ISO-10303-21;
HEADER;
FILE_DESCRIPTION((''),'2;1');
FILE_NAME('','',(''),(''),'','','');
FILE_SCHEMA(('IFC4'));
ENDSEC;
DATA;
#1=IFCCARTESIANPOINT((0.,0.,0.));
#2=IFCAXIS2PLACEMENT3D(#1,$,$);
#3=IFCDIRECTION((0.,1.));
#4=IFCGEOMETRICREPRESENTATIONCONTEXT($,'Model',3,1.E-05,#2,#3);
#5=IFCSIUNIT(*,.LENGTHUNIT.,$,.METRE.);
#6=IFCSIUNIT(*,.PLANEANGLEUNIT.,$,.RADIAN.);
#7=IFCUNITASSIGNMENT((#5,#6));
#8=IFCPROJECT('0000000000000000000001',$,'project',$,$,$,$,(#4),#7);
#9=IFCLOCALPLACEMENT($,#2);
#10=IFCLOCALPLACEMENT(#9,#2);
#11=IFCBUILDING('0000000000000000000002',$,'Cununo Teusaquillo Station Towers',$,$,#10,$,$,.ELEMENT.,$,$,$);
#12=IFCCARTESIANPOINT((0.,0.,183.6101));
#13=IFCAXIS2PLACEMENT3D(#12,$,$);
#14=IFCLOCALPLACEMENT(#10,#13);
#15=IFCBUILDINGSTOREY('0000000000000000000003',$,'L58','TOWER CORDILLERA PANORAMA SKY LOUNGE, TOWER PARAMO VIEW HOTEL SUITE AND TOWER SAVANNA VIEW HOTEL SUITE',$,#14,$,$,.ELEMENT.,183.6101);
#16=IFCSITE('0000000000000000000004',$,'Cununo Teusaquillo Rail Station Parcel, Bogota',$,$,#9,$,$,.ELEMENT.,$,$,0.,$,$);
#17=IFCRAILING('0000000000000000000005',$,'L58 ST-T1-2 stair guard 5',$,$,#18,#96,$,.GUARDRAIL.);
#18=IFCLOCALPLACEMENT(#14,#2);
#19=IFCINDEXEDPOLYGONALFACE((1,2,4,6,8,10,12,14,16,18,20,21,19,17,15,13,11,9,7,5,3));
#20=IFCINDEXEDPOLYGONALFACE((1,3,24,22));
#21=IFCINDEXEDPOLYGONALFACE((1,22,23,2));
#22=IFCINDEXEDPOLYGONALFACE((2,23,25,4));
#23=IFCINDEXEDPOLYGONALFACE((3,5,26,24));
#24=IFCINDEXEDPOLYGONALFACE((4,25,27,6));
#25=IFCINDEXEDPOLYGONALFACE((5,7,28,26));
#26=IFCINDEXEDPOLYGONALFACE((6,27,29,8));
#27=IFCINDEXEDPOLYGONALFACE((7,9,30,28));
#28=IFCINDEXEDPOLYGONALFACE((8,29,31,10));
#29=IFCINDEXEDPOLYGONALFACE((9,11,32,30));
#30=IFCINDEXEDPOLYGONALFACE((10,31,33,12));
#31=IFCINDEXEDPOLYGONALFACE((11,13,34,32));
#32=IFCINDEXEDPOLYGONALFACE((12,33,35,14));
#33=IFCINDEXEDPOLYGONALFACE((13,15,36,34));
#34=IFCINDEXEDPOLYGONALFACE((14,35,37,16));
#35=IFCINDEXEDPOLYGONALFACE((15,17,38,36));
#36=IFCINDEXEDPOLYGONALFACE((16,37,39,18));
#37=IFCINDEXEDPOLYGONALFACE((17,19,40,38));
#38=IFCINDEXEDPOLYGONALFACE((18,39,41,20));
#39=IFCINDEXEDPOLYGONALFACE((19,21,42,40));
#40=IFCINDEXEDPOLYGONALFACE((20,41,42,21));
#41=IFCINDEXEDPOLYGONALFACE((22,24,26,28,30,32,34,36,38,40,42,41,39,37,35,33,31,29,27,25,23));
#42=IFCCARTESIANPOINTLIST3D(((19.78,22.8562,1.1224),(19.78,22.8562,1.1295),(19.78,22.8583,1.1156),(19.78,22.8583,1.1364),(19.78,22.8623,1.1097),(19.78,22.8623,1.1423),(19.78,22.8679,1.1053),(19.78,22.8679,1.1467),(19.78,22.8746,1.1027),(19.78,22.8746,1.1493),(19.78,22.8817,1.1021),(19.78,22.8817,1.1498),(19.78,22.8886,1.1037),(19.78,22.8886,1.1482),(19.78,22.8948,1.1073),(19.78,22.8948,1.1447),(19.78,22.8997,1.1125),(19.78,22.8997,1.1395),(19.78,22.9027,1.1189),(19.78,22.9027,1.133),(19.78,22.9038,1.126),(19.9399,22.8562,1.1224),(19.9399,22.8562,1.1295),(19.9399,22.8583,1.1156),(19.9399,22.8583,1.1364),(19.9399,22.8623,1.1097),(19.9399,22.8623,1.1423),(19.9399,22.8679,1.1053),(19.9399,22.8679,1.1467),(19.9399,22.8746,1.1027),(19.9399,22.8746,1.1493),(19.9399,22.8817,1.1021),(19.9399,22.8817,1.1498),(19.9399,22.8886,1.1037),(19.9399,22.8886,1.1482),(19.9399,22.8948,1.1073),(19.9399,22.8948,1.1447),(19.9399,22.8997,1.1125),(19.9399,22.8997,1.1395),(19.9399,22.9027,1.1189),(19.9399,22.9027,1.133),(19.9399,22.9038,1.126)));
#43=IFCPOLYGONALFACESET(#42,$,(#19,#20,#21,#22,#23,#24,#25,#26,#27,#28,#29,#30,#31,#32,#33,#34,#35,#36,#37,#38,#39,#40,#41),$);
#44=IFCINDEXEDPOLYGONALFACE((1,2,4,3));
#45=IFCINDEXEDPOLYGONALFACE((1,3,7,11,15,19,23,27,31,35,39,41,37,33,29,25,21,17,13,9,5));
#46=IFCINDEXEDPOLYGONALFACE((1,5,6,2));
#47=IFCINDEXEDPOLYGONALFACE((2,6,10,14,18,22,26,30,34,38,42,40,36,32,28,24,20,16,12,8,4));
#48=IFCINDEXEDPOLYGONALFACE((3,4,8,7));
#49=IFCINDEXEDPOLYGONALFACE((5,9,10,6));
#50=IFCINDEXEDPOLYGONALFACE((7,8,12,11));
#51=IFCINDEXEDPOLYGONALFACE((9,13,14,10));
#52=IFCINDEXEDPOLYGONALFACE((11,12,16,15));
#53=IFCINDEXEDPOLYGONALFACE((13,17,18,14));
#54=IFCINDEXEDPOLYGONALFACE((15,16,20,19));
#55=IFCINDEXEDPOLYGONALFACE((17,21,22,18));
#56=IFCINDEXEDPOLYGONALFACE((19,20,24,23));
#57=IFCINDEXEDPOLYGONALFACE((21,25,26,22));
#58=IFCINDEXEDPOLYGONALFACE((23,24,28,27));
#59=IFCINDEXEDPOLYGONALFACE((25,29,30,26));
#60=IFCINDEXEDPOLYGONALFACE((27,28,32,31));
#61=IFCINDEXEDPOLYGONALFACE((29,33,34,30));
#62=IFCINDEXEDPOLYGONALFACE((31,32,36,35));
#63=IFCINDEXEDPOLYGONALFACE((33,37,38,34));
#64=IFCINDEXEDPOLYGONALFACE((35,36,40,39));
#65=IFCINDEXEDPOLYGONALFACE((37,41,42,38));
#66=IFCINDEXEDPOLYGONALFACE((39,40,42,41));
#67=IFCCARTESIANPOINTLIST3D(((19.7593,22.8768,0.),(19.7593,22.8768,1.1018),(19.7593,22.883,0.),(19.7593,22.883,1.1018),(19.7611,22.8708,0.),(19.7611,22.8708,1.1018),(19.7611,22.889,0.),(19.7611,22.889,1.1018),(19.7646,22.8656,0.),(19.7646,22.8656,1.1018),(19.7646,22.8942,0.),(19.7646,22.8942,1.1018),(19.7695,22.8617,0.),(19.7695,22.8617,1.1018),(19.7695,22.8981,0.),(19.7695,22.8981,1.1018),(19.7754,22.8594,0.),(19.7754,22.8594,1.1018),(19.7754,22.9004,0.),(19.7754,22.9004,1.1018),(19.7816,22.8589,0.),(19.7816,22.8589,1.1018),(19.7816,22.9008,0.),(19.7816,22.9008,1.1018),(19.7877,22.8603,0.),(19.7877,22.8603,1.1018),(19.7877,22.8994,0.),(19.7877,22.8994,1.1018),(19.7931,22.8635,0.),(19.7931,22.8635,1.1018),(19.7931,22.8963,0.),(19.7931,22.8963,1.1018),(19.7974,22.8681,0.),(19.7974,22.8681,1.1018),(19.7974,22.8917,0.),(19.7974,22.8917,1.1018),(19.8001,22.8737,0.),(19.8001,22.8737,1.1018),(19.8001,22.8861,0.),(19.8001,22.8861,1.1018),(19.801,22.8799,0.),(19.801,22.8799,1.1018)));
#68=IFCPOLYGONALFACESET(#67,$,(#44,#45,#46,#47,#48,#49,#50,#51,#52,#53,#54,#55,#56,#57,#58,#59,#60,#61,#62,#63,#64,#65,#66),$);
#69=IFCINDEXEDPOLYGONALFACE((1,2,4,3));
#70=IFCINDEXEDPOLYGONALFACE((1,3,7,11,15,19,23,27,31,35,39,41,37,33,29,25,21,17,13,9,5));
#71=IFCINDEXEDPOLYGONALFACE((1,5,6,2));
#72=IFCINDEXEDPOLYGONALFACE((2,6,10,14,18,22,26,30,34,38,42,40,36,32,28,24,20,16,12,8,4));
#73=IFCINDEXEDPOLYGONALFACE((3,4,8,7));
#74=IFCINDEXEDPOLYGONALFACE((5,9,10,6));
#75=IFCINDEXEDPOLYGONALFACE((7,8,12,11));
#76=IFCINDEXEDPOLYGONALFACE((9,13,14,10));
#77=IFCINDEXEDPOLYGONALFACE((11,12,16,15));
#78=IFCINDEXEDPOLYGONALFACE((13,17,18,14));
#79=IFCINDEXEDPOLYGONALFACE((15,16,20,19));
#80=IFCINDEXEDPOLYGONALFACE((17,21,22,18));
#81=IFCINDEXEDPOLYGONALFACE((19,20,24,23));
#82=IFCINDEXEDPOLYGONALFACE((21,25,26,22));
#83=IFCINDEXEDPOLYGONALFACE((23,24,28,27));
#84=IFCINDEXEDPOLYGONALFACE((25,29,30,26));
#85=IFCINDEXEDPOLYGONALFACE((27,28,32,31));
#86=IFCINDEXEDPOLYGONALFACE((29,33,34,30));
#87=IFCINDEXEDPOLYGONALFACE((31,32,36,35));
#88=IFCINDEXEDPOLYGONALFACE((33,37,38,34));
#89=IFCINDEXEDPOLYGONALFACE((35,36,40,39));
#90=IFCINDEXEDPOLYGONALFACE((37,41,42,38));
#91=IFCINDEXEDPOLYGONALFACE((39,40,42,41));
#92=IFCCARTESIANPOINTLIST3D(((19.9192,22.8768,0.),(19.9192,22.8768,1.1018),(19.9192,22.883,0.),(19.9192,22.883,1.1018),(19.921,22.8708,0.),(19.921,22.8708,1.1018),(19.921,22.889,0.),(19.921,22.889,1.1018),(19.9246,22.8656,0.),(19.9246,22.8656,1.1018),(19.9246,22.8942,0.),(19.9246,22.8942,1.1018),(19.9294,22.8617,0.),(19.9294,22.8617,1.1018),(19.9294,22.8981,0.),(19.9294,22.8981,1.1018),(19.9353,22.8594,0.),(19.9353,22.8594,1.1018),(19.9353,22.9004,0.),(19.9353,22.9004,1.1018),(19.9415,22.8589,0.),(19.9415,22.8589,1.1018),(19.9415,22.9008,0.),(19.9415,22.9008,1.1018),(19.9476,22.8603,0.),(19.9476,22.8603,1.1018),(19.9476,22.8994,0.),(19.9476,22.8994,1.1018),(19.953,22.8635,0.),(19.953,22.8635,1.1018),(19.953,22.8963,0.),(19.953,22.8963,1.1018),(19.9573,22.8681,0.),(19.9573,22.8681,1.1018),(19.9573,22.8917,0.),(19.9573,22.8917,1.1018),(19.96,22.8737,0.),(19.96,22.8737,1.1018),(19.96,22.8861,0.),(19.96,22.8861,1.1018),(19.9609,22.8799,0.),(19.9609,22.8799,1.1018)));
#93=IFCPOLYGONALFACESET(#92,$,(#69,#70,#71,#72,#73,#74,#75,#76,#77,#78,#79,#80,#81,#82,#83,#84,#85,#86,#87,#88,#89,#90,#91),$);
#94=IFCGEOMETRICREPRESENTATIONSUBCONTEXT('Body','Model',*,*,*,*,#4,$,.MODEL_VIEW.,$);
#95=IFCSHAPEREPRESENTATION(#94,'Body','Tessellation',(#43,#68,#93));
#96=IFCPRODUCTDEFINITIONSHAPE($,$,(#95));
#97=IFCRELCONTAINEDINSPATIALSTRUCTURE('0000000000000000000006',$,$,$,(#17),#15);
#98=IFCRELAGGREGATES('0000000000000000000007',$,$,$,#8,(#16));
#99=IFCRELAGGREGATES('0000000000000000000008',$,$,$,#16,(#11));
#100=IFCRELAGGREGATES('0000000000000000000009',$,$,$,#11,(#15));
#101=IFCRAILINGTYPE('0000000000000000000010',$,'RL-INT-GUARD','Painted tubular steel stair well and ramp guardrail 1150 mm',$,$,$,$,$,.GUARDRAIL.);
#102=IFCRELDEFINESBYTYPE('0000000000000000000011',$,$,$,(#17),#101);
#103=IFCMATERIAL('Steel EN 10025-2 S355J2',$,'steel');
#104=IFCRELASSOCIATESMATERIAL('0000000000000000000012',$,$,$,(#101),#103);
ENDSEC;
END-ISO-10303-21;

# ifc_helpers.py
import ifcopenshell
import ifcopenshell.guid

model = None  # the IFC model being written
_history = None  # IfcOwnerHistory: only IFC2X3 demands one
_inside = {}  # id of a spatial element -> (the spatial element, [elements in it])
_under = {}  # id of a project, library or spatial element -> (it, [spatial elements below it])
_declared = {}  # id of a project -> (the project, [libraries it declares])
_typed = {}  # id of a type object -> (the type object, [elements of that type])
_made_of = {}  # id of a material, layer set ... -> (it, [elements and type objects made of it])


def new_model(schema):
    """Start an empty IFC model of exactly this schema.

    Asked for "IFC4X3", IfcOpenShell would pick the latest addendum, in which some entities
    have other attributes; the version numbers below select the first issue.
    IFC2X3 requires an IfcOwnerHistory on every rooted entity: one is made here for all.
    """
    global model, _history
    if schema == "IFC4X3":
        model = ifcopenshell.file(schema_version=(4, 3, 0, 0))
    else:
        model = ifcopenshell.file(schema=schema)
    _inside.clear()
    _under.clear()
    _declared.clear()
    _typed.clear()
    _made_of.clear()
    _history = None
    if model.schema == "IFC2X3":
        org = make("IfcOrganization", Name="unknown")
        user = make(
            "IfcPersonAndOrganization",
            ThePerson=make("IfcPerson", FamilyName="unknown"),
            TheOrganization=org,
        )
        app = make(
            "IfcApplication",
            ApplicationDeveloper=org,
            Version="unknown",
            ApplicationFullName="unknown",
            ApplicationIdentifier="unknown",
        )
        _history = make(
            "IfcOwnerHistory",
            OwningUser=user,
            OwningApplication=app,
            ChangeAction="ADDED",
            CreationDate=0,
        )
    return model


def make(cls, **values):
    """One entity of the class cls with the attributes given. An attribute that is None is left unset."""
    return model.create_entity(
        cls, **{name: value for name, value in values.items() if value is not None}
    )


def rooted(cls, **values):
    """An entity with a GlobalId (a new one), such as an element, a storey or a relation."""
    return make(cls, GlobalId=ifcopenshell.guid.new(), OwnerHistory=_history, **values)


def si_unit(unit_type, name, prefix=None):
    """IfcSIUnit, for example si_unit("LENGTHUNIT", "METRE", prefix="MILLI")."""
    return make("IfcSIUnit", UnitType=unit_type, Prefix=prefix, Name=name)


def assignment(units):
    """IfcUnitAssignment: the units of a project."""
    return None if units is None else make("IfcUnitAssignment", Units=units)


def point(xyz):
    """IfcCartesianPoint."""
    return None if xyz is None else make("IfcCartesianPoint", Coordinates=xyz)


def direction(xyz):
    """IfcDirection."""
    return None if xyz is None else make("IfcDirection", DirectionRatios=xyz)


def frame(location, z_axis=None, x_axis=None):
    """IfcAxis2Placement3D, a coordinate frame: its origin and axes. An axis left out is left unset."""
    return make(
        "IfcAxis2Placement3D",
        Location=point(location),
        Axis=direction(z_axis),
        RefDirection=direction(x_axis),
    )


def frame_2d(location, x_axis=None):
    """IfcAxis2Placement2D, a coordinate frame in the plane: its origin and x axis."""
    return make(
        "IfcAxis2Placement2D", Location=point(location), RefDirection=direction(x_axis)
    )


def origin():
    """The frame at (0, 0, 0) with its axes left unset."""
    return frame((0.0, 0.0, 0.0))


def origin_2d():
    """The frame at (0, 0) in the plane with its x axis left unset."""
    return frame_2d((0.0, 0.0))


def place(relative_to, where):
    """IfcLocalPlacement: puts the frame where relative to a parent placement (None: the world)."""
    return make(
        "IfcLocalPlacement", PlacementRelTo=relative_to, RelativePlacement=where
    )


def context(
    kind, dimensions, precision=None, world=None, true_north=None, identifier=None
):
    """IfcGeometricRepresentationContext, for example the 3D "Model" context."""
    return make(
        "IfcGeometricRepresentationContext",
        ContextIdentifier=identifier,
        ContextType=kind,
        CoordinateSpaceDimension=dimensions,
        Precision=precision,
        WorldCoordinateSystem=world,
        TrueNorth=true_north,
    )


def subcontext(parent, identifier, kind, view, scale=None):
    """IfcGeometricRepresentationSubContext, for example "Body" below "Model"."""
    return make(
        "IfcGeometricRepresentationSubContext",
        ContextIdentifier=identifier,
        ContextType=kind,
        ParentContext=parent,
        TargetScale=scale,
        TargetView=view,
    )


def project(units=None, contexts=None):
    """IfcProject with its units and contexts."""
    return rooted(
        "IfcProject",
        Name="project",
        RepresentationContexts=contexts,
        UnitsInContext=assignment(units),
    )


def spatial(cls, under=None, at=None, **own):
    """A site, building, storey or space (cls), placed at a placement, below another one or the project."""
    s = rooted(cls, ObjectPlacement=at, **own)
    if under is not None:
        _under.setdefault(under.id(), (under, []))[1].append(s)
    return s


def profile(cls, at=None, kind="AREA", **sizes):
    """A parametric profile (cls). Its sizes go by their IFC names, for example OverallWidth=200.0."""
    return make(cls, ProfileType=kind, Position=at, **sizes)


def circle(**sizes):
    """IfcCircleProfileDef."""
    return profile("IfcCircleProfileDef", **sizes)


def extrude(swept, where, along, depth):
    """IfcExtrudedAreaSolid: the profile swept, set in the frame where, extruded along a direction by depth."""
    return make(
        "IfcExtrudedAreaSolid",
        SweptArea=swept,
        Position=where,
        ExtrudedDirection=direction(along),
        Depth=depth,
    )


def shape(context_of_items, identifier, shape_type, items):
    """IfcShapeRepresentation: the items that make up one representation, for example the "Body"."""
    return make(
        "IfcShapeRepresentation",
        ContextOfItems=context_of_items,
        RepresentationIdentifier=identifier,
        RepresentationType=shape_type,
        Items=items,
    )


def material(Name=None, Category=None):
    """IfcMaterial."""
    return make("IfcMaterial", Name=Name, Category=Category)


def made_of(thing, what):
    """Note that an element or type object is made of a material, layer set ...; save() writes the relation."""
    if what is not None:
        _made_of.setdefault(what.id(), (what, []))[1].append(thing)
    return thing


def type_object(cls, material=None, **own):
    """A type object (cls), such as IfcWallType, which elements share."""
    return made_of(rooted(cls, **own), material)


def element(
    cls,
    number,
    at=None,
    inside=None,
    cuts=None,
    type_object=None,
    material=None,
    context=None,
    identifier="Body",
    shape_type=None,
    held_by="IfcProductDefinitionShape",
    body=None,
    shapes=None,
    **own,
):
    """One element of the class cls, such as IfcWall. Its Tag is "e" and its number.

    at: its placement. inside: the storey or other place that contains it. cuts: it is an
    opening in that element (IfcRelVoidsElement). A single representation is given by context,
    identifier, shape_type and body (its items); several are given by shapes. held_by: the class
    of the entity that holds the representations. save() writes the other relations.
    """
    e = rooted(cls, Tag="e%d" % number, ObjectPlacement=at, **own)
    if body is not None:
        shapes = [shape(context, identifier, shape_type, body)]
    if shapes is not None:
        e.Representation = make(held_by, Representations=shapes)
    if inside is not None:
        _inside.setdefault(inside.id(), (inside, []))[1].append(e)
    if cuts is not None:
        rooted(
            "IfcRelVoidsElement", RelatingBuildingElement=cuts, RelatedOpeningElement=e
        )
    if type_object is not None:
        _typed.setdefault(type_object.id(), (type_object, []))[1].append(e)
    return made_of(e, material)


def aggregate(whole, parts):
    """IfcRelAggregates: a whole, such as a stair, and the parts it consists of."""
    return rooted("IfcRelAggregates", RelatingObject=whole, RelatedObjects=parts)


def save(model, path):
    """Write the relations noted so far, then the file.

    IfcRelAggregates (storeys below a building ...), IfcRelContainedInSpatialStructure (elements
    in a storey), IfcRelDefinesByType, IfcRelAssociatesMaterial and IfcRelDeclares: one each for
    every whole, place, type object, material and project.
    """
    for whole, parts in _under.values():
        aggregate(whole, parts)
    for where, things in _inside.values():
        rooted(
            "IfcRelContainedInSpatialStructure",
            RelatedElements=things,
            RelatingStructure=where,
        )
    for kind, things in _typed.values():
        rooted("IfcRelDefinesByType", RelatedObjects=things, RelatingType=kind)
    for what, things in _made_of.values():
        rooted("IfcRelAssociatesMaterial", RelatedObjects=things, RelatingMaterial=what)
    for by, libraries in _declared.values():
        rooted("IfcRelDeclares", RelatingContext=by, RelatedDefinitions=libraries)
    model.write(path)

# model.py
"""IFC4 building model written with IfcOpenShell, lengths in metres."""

from ifc_helpers import new_model, si_unit, direction, frame, origin, origin_2d, place, context, subcontext, project, spatial, circle, extrude, material, type_object, element, save


model = new_model("IFC4")

# Units and contexts
model_context = context("Model", 3, precision=1e-05, world=origin(), true_north=direction((0.0, 1.0)))
body_context = subcontext(model_context, "Body", "Model", "MODEL_VIEW")
ifc_project = project(units=[si_unit("LENGTHUNIT", "METRE"), si_unit("PLANEANGLEUNIT", "RADIAN")], contexts=[model_context])

# Site, building, storey
site_placement = place(None, origin())
site = spatial("IfcSite", under=ifc_project, at=site_placement, Name="Cununo Teusaquillo Rail Station Parcel, Bogota", CompositionType="ELEMENT", RefElevation=0.0)
building_placement = place(site_placement, origin())
building = spatial("IfcBuilding", under=site, at=building_placement, Name="Cununo Teusaquillo Station Towers", CompositionType="ELEMENT")
storey_placement = place(building_placement, frame((0.0, 0.0, 183.6101)))
storey = spatial("IfcBuildingStorey", under=building, at=storey_placement, Name="L58", Description="TOWER CORDILLERA PANORAMA SKY LOUNGE, TOWER PARAMO VIEW HOTEL SUITE AND TOWER SAVANNA VIEW HOTEL SUITE", CompositionType="ELEMENT", Elevation=183.6101)

# Railing
ifc_material_1 = material(Name="Steel EN 10025-2 S355J2", Category="steel")
railing_type_1 = type_object("IfcRailingType", Name="RL-INT-GUARD", Description="Painted tubular steel stair well and ramp guardrail 1150 mm", PredefinedType="GUARDRAIL", material=ifc_material_1)
railing_1_placement = place(storey_placement, frame((19.78, 22.8799, 0.0)))
element("IfcRailing", 1, at=railing_1_placement, inside=storey, type_object=railing_type_1, Name="L58 ST-T1-2 stair guard 5", PredefinedType="GUARDRAIL", context=body_context, shape_type="SweptSolid", body=[
    extrude(circle(Radius=0.0239, at=origin_2d()), frame((0.0, 0.0, 1.126), z_axis=(1.0, 0.0, 0.0), x_axis=(0.0, 1.0, 0.0)), (0.0, 0.0, 1.0), 0.1599),
    extrude(circle(Radius=0.021, at=origin_2d()), origin(), (0.0, 0.0, 1.0), 1.1018),
    extrude(circle(Radius=0.021, at=origin_2d()), frame((0.1599, 0.0, 0.0)), (0.0, 0.0, 1.0), 1.1018),
])

save(model, "model.ifc")
